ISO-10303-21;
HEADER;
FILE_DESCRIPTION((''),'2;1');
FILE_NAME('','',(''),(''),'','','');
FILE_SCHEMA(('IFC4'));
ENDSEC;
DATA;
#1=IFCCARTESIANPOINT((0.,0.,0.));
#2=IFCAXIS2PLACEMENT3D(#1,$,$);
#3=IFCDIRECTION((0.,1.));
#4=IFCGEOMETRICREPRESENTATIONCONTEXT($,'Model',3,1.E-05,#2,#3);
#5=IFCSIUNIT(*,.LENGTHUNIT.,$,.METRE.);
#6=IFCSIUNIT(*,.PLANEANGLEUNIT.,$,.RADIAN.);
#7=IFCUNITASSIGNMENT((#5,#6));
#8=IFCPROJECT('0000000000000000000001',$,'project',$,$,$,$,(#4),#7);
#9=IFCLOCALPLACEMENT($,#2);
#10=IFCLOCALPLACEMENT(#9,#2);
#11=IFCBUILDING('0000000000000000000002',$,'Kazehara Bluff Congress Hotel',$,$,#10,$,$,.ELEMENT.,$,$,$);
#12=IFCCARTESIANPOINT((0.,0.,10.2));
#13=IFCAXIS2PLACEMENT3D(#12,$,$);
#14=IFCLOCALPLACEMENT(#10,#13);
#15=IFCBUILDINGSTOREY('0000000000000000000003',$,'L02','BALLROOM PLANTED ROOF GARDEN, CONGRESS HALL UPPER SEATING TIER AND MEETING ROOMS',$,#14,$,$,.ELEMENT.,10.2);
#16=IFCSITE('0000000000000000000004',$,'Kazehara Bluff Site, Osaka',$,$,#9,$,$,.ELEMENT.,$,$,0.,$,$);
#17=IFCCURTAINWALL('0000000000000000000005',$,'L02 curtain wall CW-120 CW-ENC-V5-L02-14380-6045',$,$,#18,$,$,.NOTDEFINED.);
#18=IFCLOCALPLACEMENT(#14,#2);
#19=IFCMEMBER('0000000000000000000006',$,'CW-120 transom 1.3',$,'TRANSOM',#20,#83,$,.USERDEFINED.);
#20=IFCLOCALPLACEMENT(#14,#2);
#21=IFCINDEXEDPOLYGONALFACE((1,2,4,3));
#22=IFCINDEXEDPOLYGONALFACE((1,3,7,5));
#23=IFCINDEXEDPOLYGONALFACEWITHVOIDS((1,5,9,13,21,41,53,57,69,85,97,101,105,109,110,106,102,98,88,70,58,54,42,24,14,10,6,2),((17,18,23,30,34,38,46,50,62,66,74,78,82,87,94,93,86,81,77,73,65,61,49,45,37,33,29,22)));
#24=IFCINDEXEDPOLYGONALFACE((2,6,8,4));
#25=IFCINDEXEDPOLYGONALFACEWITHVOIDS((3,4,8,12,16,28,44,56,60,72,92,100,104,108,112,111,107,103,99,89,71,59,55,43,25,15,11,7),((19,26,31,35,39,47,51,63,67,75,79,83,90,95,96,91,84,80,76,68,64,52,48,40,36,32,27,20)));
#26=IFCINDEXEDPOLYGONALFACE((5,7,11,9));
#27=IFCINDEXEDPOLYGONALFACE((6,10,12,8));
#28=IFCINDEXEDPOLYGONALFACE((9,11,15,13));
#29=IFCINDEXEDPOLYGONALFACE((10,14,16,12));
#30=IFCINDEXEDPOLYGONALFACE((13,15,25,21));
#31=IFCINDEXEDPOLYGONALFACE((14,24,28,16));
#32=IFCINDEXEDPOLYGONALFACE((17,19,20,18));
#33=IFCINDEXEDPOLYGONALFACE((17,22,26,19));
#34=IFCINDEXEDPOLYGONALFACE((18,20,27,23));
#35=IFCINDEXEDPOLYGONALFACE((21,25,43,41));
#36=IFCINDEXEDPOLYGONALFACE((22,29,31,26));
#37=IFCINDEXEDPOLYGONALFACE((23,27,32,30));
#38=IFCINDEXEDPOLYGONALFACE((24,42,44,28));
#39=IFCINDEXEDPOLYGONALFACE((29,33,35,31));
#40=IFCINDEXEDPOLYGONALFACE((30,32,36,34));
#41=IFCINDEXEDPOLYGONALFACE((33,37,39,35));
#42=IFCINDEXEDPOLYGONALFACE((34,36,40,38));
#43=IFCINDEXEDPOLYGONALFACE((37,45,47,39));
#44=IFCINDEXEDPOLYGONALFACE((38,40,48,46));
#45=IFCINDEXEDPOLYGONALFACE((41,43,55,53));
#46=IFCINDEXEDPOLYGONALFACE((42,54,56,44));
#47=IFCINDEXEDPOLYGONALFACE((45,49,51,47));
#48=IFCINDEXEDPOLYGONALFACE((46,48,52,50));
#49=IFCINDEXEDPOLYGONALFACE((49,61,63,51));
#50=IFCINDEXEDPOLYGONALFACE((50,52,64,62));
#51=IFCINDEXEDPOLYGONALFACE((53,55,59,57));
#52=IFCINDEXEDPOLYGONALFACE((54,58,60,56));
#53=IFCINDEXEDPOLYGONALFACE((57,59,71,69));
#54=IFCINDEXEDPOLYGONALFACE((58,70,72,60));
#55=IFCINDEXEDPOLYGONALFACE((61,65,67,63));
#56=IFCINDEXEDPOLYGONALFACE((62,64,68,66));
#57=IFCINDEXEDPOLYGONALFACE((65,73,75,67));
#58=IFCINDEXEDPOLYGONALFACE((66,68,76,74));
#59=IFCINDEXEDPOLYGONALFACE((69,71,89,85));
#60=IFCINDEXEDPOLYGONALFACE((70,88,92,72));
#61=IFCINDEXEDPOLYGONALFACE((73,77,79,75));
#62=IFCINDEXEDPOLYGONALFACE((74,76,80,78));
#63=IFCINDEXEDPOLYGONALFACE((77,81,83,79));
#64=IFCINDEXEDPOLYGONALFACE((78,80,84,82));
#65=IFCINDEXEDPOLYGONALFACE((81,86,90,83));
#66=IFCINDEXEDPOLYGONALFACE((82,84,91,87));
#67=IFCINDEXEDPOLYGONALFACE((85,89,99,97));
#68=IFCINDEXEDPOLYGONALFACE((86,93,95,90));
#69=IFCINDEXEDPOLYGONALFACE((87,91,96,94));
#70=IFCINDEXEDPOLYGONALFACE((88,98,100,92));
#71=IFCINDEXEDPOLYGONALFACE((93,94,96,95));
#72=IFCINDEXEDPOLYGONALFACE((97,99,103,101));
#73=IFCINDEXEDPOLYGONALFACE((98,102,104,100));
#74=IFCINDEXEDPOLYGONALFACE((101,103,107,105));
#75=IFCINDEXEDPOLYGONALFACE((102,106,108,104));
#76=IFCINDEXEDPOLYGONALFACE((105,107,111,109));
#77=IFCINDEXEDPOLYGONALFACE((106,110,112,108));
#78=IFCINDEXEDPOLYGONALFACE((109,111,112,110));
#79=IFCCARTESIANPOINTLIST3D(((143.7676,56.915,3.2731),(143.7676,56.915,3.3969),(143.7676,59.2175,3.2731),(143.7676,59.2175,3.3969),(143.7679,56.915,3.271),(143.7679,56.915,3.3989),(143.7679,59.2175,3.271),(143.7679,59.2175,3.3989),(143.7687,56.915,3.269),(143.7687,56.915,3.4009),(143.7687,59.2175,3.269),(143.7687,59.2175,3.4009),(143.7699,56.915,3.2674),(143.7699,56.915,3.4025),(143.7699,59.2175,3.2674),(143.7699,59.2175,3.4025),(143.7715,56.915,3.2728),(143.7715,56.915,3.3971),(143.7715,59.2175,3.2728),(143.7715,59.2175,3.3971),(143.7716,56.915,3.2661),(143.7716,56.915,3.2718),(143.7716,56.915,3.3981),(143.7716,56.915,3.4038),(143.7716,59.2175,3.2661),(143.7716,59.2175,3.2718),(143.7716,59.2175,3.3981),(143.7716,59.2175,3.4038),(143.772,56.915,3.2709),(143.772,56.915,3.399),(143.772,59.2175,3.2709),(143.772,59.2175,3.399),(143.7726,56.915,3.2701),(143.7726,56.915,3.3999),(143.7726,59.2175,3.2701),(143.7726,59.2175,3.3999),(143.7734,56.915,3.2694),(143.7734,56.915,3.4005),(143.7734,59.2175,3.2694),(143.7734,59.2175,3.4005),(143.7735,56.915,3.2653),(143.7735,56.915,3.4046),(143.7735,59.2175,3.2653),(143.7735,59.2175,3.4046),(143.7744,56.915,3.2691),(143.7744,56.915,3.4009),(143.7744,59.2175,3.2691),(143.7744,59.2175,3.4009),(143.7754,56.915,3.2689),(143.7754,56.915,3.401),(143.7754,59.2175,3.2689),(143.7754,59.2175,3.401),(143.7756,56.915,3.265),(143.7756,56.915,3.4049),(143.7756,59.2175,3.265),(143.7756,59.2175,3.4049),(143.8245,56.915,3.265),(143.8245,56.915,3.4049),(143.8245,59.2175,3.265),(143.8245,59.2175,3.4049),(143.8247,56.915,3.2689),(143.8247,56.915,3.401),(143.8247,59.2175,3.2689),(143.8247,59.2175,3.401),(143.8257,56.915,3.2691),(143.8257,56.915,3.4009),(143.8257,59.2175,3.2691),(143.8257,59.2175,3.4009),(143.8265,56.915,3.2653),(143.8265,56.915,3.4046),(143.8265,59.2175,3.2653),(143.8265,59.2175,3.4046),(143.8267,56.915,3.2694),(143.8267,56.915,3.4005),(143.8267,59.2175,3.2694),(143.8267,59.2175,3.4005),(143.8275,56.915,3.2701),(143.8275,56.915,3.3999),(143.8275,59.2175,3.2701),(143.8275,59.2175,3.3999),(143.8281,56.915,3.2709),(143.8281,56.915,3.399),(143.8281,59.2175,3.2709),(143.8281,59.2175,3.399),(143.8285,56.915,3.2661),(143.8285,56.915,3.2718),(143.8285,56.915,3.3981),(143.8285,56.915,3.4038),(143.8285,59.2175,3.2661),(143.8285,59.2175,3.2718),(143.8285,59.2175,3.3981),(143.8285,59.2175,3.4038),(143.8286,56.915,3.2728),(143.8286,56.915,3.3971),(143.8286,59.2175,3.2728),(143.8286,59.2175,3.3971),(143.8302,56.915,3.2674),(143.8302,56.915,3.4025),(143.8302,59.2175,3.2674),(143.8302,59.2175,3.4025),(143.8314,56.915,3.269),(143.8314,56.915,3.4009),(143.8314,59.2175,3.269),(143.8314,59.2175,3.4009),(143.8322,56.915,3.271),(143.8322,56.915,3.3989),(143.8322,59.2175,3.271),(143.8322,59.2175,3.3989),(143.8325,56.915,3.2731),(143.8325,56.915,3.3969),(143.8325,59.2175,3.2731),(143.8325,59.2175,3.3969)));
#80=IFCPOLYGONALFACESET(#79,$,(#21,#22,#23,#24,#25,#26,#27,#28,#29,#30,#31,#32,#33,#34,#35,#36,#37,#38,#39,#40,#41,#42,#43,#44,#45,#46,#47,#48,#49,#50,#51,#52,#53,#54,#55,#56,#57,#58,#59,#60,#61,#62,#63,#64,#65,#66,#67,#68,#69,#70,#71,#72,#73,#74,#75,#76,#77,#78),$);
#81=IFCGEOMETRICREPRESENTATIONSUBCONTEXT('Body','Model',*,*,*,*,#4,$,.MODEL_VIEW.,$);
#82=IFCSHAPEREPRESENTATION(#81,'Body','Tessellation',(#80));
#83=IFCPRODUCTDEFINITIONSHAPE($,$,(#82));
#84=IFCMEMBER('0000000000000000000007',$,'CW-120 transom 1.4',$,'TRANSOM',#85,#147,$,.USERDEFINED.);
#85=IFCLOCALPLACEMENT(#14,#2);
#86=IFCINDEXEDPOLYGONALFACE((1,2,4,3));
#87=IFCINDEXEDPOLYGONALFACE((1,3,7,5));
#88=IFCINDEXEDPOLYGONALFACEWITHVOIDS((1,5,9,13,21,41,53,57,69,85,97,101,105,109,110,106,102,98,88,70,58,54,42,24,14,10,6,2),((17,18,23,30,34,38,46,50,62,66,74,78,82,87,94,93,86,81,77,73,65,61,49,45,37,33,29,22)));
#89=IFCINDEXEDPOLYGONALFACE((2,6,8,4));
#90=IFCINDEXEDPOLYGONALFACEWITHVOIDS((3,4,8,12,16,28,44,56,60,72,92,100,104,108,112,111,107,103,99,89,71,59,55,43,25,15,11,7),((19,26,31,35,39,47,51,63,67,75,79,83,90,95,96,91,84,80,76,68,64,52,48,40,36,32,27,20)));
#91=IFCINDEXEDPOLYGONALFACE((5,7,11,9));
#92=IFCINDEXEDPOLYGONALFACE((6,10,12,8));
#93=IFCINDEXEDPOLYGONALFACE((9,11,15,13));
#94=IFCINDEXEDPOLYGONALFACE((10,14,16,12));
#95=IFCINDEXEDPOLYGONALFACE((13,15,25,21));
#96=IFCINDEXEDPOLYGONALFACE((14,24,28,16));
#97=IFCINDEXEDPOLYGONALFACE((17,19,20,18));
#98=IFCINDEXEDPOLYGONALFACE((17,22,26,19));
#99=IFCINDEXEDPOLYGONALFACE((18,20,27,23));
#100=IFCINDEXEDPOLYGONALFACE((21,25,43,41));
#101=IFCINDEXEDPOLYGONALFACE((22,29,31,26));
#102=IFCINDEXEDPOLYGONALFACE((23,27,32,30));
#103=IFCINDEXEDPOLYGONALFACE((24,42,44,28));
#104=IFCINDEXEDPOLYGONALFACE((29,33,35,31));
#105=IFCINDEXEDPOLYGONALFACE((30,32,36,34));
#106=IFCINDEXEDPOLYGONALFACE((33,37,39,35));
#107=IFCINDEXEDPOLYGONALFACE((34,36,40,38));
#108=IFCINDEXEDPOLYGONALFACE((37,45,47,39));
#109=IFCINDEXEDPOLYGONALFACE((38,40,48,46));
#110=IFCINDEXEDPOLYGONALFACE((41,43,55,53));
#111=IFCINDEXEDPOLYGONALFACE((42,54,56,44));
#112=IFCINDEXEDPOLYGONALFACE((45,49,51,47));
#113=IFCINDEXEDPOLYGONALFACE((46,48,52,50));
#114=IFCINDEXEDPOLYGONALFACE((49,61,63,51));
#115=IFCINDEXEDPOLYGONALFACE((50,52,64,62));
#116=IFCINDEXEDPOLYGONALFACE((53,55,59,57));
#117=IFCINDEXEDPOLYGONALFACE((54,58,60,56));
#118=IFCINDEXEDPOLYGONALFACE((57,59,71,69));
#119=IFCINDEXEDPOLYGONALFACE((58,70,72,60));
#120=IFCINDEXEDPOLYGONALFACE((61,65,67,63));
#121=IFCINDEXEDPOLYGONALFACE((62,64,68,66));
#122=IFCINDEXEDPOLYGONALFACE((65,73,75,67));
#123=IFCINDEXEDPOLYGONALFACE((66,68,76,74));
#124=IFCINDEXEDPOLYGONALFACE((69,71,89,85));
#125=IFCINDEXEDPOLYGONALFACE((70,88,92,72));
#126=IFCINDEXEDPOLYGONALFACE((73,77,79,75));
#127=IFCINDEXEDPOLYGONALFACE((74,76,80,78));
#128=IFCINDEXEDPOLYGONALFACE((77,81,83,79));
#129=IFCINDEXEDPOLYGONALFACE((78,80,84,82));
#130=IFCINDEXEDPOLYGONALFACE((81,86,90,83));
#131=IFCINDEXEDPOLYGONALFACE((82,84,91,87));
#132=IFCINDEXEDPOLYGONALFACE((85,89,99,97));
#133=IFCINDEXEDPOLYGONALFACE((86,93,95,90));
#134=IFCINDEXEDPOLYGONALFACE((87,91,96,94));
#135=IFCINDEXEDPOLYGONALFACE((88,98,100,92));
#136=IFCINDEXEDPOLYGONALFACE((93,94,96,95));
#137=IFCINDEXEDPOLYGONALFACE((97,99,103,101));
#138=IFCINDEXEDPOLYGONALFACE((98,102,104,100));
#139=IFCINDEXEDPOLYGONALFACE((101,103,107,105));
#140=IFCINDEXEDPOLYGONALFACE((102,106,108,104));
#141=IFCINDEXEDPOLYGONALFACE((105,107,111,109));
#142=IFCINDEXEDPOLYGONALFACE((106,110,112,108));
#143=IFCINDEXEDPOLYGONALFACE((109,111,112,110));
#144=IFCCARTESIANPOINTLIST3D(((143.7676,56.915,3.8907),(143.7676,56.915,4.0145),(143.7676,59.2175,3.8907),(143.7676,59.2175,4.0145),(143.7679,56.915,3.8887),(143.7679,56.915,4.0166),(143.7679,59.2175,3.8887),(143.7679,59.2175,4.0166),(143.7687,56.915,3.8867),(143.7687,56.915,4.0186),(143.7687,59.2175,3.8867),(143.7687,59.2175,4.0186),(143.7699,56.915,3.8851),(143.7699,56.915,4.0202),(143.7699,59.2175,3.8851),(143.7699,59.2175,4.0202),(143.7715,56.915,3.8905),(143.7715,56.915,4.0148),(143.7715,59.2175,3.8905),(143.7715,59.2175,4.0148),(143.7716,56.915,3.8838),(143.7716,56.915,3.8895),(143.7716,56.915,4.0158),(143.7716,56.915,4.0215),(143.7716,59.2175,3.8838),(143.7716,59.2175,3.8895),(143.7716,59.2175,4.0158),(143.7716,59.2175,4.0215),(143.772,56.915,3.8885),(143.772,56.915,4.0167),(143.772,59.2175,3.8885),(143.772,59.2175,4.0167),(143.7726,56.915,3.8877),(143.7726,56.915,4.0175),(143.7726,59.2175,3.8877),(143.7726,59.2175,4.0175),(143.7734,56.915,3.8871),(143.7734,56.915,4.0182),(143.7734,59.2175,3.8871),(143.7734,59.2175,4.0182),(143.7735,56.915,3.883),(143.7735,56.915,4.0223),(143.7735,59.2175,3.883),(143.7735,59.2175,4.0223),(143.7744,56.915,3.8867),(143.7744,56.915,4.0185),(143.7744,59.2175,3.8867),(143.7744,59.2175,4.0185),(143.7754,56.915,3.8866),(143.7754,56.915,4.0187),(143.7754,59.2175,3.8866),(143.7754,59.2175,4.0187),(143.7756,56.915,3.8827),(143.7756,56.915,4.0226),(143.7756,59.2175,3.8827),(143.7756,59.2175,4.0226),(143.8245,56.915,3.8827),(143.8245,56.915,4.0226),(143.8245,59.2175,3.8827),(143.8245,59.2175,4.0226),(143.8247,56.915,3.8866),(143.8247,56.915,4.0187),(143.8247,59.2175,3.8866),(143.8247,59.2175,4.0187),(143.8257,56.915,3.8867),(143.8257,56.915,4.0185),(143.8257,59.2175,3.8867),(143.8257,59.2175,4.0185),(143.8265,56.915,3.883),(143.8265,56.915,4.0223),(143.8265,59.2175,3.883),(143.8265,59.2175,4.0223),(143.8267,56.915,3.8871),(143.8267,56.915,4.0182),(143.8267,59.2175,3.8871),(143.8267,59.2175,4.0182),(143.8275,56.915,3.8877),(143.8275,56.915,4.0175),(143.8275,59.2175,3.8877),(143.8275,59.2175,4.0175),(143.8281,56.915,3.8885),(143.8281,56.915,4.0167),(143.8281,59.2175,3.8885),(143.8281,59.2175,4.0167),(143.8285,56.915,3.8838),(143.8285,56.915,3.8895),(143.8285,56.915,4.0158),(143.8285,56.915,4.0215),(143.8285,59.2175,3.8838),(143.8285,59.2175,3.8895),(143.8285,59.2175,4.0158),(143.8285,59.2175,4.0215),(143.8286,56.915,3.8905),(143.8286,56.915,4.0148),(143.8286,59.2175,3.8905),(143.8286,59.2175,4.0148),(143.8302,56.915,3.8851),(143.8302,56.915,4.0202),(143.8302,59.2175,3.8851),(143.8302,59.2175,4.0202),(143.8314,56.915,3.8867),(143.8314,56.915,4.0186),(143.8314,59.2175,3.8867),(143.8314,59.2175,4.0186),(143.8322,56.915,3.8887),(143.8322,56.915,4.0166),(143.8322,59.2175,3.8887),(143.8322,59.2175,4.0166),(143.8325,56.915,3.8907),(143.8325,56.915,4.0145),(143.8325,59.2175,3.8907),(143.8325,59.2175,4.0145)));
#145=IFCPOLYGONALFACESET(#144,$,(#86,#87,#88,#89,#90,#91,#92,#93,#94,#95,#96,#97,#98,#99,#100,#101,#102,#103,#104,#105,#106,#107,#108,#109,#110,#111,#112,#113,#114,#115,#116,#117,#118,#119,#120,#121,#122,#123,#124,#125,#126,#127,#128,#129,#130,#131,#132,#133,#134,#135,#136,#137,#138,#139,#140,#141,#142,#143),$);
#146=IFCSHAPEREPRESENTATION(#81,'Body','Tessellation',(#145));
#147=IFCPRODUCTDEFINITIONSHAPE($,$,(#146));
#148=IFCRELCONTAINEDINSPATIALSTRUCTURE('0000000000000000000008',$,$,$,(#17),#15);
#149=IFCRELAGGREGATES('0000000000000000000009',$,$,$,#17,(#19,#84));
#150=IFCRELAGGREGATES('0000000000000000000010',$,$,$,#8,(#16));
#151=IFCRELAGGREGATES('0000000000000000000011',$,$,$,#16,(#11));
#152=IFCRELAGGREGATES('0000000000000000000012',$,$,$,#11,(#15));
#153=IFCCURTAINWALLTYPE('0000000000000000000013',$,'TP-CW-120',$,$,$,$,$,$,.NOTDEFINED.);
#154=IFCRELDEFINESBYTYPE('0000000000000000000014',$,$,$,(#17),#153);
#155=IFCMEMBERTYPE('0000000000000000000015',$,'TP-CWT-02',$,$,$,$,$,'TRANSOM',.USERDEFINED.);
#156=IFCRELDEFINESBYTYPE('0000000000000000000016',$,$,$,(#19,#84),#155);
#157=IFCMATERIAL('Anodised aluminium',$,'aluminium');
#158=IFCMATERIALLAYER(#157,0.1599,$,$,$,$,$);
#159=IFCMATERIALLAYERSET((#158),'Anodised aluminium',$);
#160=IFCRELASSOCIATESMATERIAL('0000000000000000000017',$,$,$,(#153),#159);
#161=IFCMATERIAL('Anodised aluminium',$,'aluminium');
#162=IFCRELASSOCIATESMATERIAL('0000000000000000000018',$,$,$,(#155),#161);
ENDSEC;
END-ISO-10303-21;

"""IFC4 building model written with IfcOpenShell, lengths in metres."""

from ifc_helpers import new_model, si_unit, direction, frame, origin, origin_2d, place, context, subcontext, project, spatial, hollow_rectangle, extrude, material, layer, layer_set, material_profile, profile_set, type_object, element, aggregate, save


model = new_model("IFC4")

# Units and contexts
model_context = context("Model", 3, precision=1e-05, world=origin(), true_north=direction((0.0, 1.0)))
body_context = subcontext(model_context, "Body", "Model", "MODEL_VIEW")
ifc_project = project(units=[si_unit("LENGTHUNIT", "METRE"), si_unit("PLANEANGLEUNIT", "RADIAN")], contexts=[model_context])

# Site, building, storey
site_placement = place(None, origin())
site = spatial("IfcSite", under=ifc_project, at=site_placement, Name="Kazehara Bluff Site, Osaka", CompositionType="ELEMENT", RefElevation=0.0)
building_placement = place(site_placement, origin())
building = spatial("IfcBuilding", under=site, at=building_placement, Name="Kazehara Bluff Congress Hotel", CompositionType="ELEMENT")
storey_placement = place(building_placement, frame((0.0, 0.0, 10.2)))
storey = spatial("IfcBuildingStorey", under=building, at=storey_placement, Name="L02", Description="BALLROOM PLANTED ROOF GARDEN, CONGRESS HALL UPPER SEATING TIER AND MEETING ROOMS", CompositionType="ELEMENT", Elevation=10.2)

# Curtain wall, members
ifc_material_1 = material(Name="Anodised aluminium", Category="aluminium")
ifc_layer_1 = layer(ifc_material_1, 0.1599)
ifc_layer_set_1 = layer_set([ifc_layer_1], Name="Anodised aluminium")
curtain_wall_type_1 = type_object("IfcCurtainWallType", Name="TP-CW-120", PredefinedType="NOTDEFINED", material=ifc_layer_set_1)
curtain_wall_1_placement = place(storey_placement, origin())
curtain_wall_1 = element("IfcCurtainWall", 1, at=curtain_wall_1_placement, inside=storey, type_object=curtain_wall_type_1, Name="L02 curtain wall CW-120 CW-ENC-V5-L02-14380-6045", PredefinedType="NOTDEFINED")
ifc_material_2 = material(Name="Anodised aluminium", Category="aluminium")
ifc_material_profile_1 = material_profile(ifc_material_2, hollow_rectangle(XDim=0.0649, YDim=0.1399, WallThickness=0.0039, InnerFilletRadius=0.0039, OuterFilletRadius=0.0081, at=origin_2d()))
ifc_profile_set_1 = profile_set([ifc_material_profile_1], Name="Anodised aluminium")
member_type_1 = type_object("IfcMemberType", Name="TP-CWT-02", ElementType="TRANSOM", PredefinedType="USERDEFINED", material=ifc_profile_set_1)
member_1_placement = place(storey_placement, frame((143.8, 56.915, 3.335), z_axis=(0.0, 1.0, 0.0), x_axis=(-1.0, 0.0, 0.0)))
member_1 = element("IfcMember", 2, at=member_1_placement, type_object=member_type_1, Name="CW-120 transom 1.3", ObjectType="TRANSOM", PredefinedType="USERDEFINED", context=body_context, shape_type="SweptSolid", body=[
    extrude(hollow_rectangle(XDim=0.0649, YDim=0.1399, WallThickness=0.0039, InnerFilletRadius=0.0039, OuterFilletRadius=0.0081, at=origin_2d()), origin(), (0.0, 0.0, 1.0), 2.3025),
])
member_2_placement = place(storey_placement, frame((143.8, 56.915, 3.9526), z_axis=(0.0, 1.0, 0.0), x_axis=(-1.0, 0.0, 0.0)))
member_2 = element("IfcMember", 3, at=member_2_placement, type_object=member_type_1, Name="CW-120 transom 1.4", ObjectType="TRANSOM", PredefinedType="USERDEFINED", context=body_context, shape_type="SweptSolid", body=[
    extrude(hollow_rectangle(XDim=0.0649, YDim=0.1399, WallThickness=0.0039, InnerFilletRadius=0.0039, OuterFilletRadius=0.0081, at=origin_2d()), origin(), (0.0, 0.0, 1.0), 2.3025),
])
aggregate(curtain_wall_1, [member_1, member_2])

save(model, "model.ifc")
